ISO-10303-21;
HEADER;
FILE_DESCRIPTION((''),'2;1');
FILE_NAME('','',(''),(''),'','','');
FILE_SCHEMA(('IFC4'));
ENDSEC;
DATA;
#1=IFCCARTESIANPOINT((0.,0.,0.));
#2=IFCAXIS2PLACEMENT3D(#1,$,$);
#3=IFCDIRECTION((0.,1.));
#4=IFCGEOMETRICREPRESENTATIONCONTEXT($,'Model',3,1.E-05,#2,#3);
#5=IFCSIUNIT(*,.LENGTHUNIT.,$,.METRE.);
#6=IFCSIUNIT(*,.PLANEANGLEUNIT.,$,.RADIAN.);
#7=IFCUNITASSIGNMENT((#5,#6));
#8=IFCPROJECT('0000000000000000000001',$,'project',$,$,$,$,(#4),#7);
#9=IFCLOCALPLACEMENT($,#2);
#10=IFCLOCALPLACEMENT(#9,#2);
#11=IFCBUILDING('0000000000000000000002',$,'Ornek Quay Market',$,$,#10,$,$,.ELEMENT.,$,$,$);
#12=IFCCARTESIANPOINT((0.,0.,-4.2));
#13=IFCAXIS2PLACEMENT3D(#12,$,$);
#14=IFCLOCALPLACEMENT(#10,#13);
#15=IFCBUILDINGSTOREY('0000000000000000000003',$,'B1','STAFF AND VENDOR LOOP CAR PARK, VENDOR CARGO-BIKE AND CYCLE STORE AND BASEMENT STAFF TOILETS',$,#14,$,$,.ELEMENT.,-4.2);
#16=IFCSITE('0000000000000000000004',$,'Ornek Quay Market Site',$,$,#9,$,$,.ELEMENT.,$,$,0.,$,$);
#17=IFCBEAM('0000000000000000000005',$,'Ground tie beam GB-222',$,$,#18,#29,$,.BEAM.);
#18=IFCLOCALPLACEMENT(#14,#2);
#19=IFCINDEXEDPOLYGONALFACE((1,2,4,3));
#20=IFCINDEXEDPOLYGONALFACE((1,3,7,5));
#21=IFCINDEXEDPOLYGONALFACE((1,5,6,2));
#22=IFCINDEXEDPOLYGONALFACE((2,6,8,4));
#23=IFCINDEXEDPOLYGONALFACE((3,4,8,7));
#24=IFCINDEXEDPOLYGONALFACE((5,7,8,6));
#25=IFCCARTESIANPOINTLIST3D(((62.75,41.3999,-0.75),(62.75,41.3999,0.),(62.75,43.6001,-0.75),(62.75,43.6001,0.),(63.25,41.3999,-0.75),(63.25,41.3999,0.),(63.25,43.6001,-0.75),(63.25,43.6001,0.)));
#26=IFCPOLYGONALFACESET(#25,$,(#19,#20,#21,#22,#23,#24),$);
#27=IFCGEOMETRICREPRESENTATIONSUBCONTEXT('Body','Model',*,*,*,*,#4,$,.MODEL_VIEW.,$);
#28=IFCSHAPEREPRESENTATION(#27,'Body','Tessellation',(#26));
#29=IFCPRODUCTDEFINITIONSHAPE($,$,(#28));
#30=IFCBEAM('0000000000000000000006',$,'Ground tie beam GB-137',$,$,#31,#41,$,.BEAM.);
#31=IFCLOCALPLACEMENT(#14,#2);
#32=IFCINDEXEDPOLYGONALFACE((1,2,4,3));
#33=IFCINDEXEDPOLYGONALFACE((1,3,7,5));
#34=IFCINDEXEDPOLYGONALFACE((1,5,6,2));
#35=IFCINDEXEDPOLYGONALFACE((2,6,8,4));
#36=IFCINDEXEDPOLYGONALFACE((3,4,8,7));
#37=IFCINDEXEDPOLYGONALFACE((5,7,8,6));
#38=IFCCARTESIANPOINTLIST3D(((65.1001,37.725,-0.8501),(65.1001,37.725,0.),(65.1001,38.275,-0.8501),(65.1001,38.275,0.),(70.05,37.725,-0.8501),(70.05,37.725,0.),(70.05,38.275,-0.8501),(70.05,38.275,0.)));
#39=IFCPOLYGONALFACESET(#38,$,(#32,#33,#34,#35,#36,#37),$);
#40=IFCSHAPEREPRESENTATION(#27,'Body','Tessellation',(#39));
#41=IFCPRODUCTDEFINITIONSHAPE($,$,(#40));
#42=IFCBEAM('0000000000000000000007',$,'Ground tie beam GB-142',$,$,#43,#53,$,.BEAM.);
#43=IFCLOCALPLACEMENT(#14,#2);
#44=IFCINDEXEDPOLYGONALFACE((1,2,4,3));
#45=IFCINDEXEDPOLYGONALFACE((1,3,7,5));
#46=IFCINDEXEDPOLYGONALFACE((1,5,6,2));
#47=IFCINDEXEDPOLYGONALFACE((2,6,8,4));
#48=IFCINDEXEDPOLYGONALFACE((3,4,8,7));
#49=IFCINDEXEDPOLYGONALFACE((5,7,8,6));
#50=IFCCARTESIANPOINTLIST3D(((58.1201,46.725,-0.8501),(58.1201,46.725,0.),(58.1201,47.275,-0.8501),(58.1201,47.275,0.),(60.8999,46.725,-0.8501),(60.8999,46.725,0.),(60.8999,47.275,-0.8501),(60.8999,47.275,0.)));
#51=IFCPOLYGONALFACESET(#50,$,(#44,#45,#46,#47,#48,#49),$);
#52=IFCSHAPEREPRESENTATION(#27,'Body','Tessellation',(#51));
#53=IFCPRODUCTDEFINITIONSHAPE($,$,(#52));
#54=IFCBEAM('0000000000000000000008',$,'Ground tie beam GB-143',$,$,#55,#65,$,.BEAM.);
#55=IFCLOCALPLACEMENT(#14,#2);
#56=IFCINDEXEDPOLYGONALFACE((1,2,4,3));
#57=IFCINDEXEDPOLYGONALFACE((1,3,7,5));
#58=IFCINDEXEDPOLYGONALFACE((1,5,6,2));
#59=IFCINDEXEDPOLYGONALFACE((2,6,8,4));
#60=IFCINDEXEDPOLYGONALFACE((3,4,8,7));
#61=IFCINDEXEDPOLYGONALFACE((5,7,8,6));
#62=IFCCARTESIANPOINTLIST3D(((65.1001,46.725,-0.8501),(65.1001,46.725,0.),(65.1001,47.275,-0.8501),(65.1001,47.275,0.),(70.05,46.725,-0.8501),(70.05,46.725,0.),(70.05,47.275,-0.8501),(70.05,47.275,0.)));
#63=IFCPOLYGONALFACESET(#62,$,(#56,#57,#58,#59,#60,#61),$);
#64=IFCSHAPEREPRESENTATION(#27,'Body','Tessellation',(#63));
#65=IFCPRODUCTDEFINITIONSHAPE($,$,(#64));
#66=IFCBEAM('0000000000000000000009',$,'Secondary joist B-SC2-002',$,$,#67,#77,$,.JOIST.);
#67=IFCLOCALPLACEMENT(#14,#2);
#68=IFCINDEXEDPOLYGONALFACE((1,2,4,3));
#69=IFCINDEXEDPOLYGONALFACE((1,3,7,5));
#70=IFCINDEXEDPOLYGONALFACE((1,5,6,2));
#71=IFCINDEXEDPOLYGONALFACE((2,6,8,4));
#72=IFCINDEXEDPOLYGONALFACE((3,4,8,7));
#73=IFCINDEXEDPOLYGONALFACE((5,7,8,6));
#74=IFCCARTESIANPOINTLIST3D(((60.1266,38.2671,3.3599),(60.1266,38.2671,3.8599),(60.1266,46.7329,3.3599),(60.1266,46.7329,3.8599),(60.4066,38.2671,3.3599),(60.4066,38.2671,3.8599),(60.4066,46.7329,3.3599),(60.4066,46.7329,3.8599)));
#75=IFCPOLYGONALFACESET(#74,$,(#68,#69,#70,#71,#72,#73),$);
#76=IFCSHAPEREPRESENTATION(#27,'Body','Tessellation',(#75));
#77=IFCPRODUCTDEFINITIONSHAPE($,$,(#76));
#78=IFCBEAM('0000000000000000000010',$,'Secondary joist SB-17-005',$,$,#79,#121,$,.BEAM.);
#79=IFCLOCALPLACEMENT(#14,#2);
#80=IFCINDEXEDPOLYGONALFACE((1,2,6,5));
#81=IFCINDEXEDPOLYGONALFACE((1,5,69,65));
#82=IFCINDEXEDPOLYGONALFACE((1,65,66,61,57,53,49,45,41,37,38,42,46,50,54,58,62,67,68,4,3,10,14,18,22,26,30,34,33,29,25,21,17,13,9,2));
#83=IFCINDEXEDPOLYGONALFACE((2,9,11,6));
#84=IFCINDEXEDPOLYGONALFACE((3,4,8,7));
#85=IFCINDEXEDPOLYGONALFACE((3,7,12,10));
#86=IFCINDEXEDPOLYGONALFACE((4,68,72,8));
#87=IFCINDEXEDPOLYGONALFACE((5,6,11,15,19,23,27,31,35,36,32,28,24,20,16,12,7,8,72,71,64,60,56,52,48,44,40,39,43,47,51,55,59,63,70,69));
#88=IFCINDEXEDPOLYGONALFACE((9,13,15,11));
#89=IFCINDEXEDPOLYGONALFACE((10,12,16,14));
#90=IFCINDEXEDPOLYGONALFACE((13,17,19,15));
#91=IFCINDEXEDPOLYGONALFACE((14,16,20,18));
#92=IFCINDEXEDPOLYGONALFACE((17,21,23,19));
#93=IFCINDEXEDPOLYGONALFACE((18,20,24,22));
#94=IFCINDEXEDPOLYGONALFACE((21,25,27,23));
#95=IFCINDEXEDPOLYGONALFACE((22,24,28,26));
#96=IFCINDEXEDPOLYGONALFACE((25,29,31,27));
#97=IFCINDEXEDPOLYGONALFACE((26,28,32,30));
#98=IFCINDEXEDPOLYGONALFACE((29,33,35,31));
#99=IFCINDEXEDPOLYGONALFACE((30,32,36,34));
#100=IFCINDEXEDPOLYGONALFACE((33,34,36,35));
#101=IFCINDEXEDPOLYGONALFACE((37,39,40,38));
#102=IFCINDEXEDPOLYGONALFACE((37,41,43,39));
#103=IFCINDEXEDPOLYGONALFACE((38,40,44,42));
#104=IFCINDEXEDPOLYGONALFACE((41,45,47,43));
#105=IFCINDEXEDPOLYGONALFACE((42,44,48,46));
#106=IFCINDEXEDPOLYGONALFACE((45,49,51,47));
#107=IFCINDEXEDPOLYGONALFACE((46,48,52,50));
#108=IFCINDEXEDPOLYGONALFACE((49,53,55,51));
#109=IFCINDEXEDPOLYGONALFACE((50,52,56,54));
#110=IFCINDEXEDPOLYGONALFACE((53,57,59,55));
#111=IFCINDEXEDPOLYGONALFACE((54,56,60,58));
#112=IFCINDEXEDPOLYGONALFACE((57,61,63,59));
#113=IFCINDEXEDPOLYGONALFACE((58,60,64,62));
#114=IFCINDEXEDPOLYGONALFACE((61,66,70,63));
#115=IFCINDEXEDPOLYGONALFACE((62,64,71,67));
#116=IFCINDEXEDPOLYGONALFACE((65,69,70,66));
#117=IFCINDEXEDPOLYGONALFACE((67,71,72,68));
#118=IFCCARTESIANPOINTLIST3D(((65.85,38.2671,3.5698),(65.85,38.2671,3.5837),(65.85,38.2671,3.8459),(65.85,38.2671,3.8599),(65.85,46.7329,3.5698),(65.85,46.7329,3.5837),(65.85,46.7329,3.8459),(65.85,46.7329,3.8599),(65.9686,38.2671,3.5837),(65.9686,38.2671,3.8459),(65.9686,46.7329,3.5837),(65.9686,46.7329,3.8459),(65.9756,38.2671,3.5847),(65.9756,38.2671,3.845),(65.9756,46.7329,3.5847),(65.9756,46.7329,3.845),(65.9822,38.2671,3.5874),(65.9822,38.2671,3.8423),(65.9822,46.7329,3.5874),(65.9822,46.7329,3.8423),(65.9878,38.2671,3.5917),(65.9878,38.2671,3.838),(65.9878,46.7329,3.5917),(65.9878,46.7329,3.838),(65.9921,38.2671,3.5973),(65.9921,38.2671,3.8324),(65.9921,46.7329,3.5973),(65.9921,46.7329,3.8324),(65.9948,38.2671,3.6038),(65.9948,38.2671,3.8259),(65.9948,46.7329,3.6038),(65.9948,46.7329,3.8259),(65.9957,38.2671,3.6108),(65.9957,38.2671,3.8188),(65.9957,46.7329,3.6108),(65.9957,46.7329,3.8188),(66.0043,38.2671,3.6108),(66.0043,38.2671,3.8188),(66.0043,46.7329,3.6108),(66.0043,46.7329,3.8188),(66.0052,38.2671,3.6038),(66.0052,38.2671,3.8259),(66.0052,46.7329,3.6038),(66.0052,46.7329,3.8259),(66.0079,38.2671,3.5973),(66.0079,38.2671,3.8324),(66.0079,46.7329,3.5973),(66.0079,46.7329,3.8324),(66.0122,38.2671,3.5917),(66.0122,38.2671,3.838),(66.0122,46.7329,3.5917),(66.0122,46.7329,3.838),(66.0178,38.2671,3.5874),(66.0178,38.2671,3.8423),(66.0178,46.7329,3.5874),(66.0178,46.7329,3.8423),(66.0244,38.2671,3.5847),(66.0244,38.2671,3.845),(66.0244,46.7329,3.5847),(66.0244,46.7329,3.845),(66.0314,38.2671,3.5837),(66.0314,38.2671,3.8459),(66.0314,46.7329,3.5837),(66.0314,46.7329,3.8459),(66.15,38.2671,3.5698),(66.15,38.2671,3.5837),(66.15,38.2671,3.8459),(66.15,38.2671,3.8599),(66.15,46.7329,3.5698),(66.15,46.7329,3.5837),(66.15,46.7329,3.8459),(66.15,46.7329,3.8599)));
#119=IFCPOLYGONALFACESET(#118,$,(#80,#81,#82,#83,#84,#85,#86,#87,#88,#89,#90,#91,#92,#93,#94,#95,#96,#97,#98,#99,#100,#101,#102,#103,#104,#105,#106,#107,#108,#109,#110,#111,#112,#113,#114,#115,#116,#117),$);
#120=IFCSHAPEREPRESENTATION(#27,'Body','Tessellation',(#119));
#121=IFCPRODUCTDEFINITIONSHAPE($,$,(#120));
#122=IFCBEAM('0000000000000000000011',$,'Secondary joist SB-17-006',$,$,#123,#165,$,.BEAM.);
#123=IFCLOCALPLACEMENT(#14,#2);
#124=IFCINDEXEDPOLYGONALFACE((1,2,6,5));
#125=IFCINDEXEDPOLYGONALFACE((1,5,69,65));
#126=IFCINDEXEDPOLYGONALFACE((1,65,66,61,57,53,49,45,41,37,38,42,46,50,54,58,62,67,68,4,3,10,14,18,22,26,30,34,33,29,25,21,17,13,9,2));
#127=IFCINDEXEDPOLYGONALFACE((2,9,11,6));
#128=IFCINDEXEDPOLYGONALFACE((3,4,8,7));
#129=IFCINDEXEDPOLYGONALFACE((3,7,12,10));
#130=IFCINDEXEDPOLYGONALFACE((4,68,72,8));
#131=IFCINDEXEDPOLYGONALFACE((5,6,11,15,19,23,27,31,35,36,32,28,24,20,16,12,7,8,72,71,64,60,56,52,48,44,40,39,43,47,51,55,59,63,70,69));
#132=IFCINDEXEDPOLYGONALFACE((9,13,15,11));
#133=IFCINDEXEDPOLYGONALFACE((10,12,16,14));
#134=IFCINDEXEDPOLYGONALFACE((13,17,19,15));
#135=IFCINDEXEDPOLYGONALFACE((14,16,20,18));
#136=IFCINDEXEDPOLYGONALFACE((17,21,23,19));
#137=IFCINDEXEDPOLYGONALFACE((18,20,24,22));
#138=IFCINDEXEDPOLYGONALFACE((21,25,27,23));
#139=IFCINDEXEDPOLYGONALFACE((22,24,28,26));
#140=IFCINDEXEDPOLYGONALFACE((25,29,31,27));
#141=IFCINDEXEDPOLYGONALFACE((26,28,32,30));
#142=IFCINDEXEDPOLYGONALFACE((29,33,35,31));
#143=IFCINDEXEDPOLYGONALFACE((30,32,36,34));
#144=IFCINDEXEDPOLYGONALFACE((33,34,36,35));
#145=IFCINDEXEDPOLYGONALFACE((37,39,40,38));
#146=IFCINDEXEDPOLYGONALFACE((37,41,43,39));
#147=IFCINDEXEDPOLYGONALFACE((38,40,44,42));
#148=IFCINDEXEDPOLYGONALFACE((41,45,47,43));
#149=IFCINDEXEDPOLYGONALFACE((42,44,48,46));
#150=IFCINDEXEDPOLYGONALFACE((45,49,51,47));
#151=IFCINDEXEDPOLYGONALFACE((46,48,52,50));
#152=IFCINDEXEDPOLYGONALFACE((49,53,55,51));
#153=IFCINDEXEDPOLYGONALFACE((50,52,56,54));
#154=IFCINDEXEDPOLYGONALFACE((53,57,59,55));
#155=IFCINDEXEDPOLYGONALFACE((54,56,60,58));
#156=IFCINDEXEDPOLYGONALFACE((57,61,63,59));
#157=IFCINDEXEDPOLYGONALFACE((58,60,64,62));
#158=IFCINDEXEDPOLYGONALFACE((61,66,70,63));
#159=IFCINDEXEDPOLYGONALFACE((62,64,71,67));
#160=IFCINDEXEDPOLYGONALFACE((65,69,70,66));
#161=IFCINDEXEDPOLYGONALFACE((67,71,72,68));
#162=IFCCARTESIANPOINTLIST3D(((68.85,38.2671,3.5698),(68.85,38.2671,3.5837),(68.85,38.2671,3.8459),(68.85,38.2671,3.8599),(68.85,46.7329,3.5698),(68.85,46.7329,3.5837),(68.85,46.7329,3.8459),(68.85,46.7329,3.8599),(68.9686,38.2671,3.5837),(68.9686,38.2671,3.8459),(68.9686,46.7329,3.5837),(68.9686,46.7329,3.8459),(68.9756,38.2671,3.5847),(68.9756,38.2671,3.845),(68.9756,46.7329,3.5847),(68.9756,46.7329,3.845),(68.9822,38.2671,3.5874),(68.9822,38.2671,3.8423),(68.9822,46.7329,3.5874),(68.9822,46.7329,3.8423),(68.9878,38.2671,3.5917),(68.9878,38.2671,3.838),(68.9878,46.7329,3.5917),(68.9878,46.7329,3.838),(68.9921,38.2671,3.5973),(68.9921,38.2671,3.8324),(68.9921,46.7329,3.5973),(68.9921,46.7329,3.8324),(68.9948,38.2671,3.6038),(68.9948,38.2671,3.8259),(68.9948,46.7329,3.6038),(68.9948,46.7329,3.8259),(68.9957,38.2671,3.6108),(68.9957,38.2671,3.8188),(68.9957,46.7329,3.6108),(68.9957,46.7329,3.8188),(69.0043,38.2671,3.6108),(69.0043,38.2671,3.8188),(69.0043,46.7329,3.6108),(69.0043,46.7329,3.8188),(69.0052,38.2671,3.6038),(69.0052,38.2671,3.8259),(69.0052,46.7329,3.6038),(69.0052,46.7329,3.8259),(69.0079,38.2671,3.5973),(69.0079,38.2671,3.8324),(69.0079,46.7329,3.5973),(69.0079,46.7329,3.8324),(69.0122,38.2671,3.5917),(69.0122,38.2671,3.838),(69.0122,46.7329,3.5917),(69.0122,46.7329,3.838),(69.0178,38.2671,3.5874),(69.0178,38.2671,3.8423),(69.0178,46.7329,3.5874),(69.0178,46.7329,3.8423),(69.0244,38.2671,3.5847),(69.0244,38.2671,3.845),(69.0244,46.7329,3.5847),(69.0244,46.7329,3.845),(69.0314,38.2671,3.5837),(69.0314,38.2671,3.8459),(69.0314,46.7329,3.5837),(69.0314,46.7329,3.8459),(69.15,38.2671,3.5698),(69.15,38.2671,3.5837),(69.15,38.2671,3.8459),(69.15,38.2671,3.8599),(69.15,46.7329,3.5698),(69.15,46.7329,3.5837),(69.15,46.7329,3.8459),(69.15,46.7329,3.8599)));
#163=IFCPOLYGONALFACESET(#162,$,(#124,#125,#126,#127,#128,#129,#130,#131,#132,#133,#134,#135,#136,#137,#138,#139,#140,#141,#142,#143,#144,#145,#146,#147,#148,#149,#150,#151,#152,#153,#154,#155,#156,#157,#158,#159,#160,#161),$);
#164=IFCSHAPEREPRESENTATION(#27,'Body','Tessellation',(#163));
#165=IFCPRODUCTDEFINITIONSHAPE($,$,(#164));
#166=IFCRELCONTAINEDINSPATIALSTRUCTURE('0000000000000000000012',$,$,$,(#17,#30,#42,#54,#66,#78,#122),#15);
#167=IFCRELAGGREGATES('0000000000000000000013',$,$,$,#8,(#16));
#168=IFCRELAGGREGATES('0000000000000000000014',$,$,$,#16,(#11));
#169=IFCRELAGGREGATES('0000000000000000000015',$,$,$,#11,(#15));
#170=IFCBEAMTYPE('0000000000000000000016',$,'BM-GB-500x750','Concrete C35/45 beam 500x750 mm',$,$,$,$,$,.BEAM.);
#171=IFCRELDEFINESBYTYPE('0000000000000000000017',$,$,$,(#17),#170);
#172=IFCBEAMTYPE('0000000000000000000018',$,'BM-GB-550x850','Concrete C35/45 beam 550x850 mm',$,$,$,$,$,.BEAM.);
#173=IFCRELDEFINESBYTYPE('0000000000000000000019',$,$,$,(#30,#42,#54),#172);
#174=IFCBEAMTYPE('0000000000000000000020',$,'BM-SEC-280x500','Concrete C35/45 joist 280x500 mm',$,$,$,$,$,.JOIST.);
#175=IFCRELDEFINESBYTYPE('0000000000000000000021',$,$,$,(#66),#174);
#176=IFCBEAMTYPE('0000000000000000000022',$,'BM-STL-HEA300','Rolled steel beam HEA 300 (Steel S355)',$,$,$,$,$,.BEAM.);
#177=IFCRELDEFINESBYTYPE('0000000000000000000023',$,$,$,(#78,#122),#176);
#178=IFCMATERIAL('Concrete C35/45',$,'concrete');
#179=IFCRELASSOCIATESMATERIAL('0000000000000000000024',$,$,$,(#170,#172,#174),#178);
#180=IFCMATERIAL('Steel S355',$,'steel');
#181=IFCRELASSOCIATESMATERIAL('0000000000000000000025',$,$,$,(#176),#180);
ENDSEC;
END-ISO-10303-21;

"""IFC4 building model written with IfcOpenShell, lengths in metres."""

from ifc_helpers import new_model, si_unit, direction, frame, origin, origin_2d, place, context, subcontext, project, spatial, rectangle, i_section, extrude, material, material_profile, profile_set, type_object, element, save


model = new_model("IFC4")

# Units and contexts
model_context = context("Model", 3, precision=1e-05, world=origin(), true_north=direction((0.0, 1.0)))
body_context = subcontext(model_context, "Body", "Model", "MODEL_VIEW")
ifc_project = project(units=[si_unit("LENGTHUNIT", "METRE"), si_unit("PLANEANGLEUNIT", "RADIAN")], contexts=[model_context])

# Site, building, storey
site_placement = place(None, origin())
site = spatial("IfcSite", under=ifc_project, at=site_placement, Name="Ornek Quay Market Site", CompositionType="ELEMENT", RefElevation=0.0)
building_placement = place(site_placement, origin())
building = spatial("IfcBuilding", under=site, at=building_placement, Name="Ornek Quay Market", CompositionType="ELEMENT")
storey_placement = place(building_placement, frame((0.0, 0.0, -4.2)))
storey = spatial("IfcBuildingStorey", under=building, at=storey_placement, Name="B1", Description="STAFF AND VENDOR LOOP CAR PARK, VENDOR CARGO-BIKE AND CYCLE STORE AND BASEMENT STAFF TOILETS", CompositionType="ELEMENT", Elevation=-4.2)

# Shared definitions
ifc_material_1 = material(Name="Concrete C35/45", Category="concrete")

# Beams
ifc_material_profile_1 = material_profile(ifc_material_1, rectangle(XDim=0.5, YDim=0.75, at=origin_2d()), Name="RC 500x750", Category="concrete")
ifc_profile_set_1 = profile_set([ifc_material_profile_1], Name="Concrete C35/45")
beam_type_1 = type_object("IfcBeamType", Name="BM-GB-500x750", Description="Concrete C35/45 beam 500x750 mm", PredefinedType="BEAM", material=ifc_profile_set_1)
beam_1_placement = place(storey_placement, frame((63.0, 41.3999, -0.375), z_axis=(0.0, 1.0, 0.0), x_axis=(-1.0, 0.0, 0.0)))
element("IfcBeam", 1, at=beam_1_placement, inside=storey, type_object=beam_type_1, Name="Ground tie beam GB-222", PredefinedType="BEAM", context=body_context, shape_type="SweptSolid", body=[
    extrude(rectangle(XDim=0.5, YDim=0.75, at=origin_2d()), origin(), (0.0, 0.0, 1.0), 2.2002),
])
ifc_material_profile_2 = material_profile(ifc_material_1, rectangle(XDim=0.55, YDim=0.8501, at=origin_2d()), Name="RC 550x850", Category="concrete")
ifc_profile_set_2 = profile_set([ifc_material_profile_2], Name="Concrete C35/45")
beam_type_2 = type_object("IfcBeamType", Name="BM-GB-550x850", Description="Concrete C35/45 beam 550x850 mm", PredefinedType="BEAM", material=ifc_profile_set_2)
beam_2_placement = place(storey_placement, frame((65.1001, 38.0, -0.425), z_axis=(1.0, 0.0, 0.0), x_axis=(0.0, 1.0, 0.0)))
element("IfcBeam", 2, at=beam_2_placement, inside=storey, type_object=beam_type_2, Name="Ground tie beam GB-137", PredefinedType="BEAM", context=body_context, shape_type="SweptSolid", body=[
    extrude(rectangle(XDim=0.55, YDim=0.8501, at=origin_2d()), origin(), (0.0, 0.0, 1.0), 4.95),
])
beam_3_placement = place(storey_placement, frame((58.1201, 47.0, -0.425), z_axis=(1.0, 0.0, 0.0), x_axis=(0.0, 1.0, 0.0)))
element("IfcBeam", 3, at=beam_3_placement, inside=storey, type_object=beam_type_2, Name="Ground tie beam GB-142", PredefinedType="BEAM", context=body_context, shape_type="SweptSolid", body=[
    extrude(rectangle(XDim=0.55, YDim=0.8501, at=origin_2d()), origin(), (0.0, 0.0, 1.0), 2.7798),
])
beam_4_placement = place(storey_placement, frame((65.1001, 47.0, -0.425), z_axis=(1.0, 0.0, 0.0), x_axis=(0.0, 1.0, 0.0)))
element("IfcBeam", 4, at=beam_4_placement, inside=storey, type_object=beam_type_2, Name="Ground tie beam GB-143", PredefinedType="BEAM", context=body_context, shape_type="SweptSolid", body=[
    extrude(rectangle(XDim=0.55, YDim=0.8501, at=origin_2d()), origin(), (0.0, 0.0, 1.0), 4.95),
])
ifc_material_profile_3 = material_profile(ifc_material_1, rectangle(XDim=0.28, YDim=0.5, at=origin_2d()), Name="RC 280x500", Category="concrete")
ifc_profile_set_3 = profile_set([ifc_material_profile_3], Name="Concrete C35/45")
beam_type_3 = type_object("IfcBeamType", Name="BM-SEC-280x500", Description="Concrete C35/45 joist 280x500 mm", PredefinedType="JOIST", material=ifc_profile_set_3)
beam_5_placement = place(storey_placement, frame((60.2666, 38.2671, 3.6099), z_axis=(0.0, 1.0, 0.0), x_axis=(-1.0, 0.0, 0.0)))
element("IfcBeam", 5, at=beam_5_placement, inside=storey, type_object=beam_type_3, Name="Secondary joist B-SC2-002", PredefinedType="JOIST", context=body_context, shape_type="SweptSolid", body=[
    extrude(rectangle(XDim=0.28, YDim=0.5, at=origin_2d()), origin(), (0.0, 0.0, 1.0), 8.4658),
])
ifc_material_2 = material(Name="Steel S355", Category="steel")
ifc_material_profile_4 = material_profile(ifc_material_2, i_section(OverallWidth=0.3, OverallDepth=0.29, WebThickness=0.0085, FlangeThickness=0.0139, FilletRadius=0.0271, at=origin_2d()), Name="HEA 300", Category="steel")
ifc_profile_set_4 = profile_set([ifc_material_profile_4], Name="Steel S355")
beam_type_4 = type_object("IfcBeamType", Name="BM-STL-HEA300", Description="Rolled steel beam HEA 300 (Steel S355)", PredefinedType="BEAM", material=ifc_profile_set_4)
for number, where, z_axis, x_axis, name in (
    (6, (66.0, 38.2671, 3.7148), (0.0, 1.0, 0.0), (-1.0, 0.0, 0.0), "Secondary joist SB-17-005"),
    (7, (69.0, 38.2671, 3.7148), (0.0, 1.0, 0.0), (-1.0, 0.0, 0.0), "Secondary joist SB-17-006"),
):
    element("IfcBeam", number, at=place(storey_placement, frame(where, z_axis=z_axis, x_axis=x_axis)), inside=storey, type_object=beam_type_4, Name=name, PredefinedType="BEAM", context=body_context, shape_type="SweptSolid", body=[
        extrude(i_section(OverallWidth=0.3, OverallDepth=0.29, WebThickness=0.0085, FlangeThickness=0.0139, FilletRadius=0.0271, at=origin_2d()), origin(), (0.0, 0.0, 1.0), 8.4658),
    ])

save(model, "model.ifc")
